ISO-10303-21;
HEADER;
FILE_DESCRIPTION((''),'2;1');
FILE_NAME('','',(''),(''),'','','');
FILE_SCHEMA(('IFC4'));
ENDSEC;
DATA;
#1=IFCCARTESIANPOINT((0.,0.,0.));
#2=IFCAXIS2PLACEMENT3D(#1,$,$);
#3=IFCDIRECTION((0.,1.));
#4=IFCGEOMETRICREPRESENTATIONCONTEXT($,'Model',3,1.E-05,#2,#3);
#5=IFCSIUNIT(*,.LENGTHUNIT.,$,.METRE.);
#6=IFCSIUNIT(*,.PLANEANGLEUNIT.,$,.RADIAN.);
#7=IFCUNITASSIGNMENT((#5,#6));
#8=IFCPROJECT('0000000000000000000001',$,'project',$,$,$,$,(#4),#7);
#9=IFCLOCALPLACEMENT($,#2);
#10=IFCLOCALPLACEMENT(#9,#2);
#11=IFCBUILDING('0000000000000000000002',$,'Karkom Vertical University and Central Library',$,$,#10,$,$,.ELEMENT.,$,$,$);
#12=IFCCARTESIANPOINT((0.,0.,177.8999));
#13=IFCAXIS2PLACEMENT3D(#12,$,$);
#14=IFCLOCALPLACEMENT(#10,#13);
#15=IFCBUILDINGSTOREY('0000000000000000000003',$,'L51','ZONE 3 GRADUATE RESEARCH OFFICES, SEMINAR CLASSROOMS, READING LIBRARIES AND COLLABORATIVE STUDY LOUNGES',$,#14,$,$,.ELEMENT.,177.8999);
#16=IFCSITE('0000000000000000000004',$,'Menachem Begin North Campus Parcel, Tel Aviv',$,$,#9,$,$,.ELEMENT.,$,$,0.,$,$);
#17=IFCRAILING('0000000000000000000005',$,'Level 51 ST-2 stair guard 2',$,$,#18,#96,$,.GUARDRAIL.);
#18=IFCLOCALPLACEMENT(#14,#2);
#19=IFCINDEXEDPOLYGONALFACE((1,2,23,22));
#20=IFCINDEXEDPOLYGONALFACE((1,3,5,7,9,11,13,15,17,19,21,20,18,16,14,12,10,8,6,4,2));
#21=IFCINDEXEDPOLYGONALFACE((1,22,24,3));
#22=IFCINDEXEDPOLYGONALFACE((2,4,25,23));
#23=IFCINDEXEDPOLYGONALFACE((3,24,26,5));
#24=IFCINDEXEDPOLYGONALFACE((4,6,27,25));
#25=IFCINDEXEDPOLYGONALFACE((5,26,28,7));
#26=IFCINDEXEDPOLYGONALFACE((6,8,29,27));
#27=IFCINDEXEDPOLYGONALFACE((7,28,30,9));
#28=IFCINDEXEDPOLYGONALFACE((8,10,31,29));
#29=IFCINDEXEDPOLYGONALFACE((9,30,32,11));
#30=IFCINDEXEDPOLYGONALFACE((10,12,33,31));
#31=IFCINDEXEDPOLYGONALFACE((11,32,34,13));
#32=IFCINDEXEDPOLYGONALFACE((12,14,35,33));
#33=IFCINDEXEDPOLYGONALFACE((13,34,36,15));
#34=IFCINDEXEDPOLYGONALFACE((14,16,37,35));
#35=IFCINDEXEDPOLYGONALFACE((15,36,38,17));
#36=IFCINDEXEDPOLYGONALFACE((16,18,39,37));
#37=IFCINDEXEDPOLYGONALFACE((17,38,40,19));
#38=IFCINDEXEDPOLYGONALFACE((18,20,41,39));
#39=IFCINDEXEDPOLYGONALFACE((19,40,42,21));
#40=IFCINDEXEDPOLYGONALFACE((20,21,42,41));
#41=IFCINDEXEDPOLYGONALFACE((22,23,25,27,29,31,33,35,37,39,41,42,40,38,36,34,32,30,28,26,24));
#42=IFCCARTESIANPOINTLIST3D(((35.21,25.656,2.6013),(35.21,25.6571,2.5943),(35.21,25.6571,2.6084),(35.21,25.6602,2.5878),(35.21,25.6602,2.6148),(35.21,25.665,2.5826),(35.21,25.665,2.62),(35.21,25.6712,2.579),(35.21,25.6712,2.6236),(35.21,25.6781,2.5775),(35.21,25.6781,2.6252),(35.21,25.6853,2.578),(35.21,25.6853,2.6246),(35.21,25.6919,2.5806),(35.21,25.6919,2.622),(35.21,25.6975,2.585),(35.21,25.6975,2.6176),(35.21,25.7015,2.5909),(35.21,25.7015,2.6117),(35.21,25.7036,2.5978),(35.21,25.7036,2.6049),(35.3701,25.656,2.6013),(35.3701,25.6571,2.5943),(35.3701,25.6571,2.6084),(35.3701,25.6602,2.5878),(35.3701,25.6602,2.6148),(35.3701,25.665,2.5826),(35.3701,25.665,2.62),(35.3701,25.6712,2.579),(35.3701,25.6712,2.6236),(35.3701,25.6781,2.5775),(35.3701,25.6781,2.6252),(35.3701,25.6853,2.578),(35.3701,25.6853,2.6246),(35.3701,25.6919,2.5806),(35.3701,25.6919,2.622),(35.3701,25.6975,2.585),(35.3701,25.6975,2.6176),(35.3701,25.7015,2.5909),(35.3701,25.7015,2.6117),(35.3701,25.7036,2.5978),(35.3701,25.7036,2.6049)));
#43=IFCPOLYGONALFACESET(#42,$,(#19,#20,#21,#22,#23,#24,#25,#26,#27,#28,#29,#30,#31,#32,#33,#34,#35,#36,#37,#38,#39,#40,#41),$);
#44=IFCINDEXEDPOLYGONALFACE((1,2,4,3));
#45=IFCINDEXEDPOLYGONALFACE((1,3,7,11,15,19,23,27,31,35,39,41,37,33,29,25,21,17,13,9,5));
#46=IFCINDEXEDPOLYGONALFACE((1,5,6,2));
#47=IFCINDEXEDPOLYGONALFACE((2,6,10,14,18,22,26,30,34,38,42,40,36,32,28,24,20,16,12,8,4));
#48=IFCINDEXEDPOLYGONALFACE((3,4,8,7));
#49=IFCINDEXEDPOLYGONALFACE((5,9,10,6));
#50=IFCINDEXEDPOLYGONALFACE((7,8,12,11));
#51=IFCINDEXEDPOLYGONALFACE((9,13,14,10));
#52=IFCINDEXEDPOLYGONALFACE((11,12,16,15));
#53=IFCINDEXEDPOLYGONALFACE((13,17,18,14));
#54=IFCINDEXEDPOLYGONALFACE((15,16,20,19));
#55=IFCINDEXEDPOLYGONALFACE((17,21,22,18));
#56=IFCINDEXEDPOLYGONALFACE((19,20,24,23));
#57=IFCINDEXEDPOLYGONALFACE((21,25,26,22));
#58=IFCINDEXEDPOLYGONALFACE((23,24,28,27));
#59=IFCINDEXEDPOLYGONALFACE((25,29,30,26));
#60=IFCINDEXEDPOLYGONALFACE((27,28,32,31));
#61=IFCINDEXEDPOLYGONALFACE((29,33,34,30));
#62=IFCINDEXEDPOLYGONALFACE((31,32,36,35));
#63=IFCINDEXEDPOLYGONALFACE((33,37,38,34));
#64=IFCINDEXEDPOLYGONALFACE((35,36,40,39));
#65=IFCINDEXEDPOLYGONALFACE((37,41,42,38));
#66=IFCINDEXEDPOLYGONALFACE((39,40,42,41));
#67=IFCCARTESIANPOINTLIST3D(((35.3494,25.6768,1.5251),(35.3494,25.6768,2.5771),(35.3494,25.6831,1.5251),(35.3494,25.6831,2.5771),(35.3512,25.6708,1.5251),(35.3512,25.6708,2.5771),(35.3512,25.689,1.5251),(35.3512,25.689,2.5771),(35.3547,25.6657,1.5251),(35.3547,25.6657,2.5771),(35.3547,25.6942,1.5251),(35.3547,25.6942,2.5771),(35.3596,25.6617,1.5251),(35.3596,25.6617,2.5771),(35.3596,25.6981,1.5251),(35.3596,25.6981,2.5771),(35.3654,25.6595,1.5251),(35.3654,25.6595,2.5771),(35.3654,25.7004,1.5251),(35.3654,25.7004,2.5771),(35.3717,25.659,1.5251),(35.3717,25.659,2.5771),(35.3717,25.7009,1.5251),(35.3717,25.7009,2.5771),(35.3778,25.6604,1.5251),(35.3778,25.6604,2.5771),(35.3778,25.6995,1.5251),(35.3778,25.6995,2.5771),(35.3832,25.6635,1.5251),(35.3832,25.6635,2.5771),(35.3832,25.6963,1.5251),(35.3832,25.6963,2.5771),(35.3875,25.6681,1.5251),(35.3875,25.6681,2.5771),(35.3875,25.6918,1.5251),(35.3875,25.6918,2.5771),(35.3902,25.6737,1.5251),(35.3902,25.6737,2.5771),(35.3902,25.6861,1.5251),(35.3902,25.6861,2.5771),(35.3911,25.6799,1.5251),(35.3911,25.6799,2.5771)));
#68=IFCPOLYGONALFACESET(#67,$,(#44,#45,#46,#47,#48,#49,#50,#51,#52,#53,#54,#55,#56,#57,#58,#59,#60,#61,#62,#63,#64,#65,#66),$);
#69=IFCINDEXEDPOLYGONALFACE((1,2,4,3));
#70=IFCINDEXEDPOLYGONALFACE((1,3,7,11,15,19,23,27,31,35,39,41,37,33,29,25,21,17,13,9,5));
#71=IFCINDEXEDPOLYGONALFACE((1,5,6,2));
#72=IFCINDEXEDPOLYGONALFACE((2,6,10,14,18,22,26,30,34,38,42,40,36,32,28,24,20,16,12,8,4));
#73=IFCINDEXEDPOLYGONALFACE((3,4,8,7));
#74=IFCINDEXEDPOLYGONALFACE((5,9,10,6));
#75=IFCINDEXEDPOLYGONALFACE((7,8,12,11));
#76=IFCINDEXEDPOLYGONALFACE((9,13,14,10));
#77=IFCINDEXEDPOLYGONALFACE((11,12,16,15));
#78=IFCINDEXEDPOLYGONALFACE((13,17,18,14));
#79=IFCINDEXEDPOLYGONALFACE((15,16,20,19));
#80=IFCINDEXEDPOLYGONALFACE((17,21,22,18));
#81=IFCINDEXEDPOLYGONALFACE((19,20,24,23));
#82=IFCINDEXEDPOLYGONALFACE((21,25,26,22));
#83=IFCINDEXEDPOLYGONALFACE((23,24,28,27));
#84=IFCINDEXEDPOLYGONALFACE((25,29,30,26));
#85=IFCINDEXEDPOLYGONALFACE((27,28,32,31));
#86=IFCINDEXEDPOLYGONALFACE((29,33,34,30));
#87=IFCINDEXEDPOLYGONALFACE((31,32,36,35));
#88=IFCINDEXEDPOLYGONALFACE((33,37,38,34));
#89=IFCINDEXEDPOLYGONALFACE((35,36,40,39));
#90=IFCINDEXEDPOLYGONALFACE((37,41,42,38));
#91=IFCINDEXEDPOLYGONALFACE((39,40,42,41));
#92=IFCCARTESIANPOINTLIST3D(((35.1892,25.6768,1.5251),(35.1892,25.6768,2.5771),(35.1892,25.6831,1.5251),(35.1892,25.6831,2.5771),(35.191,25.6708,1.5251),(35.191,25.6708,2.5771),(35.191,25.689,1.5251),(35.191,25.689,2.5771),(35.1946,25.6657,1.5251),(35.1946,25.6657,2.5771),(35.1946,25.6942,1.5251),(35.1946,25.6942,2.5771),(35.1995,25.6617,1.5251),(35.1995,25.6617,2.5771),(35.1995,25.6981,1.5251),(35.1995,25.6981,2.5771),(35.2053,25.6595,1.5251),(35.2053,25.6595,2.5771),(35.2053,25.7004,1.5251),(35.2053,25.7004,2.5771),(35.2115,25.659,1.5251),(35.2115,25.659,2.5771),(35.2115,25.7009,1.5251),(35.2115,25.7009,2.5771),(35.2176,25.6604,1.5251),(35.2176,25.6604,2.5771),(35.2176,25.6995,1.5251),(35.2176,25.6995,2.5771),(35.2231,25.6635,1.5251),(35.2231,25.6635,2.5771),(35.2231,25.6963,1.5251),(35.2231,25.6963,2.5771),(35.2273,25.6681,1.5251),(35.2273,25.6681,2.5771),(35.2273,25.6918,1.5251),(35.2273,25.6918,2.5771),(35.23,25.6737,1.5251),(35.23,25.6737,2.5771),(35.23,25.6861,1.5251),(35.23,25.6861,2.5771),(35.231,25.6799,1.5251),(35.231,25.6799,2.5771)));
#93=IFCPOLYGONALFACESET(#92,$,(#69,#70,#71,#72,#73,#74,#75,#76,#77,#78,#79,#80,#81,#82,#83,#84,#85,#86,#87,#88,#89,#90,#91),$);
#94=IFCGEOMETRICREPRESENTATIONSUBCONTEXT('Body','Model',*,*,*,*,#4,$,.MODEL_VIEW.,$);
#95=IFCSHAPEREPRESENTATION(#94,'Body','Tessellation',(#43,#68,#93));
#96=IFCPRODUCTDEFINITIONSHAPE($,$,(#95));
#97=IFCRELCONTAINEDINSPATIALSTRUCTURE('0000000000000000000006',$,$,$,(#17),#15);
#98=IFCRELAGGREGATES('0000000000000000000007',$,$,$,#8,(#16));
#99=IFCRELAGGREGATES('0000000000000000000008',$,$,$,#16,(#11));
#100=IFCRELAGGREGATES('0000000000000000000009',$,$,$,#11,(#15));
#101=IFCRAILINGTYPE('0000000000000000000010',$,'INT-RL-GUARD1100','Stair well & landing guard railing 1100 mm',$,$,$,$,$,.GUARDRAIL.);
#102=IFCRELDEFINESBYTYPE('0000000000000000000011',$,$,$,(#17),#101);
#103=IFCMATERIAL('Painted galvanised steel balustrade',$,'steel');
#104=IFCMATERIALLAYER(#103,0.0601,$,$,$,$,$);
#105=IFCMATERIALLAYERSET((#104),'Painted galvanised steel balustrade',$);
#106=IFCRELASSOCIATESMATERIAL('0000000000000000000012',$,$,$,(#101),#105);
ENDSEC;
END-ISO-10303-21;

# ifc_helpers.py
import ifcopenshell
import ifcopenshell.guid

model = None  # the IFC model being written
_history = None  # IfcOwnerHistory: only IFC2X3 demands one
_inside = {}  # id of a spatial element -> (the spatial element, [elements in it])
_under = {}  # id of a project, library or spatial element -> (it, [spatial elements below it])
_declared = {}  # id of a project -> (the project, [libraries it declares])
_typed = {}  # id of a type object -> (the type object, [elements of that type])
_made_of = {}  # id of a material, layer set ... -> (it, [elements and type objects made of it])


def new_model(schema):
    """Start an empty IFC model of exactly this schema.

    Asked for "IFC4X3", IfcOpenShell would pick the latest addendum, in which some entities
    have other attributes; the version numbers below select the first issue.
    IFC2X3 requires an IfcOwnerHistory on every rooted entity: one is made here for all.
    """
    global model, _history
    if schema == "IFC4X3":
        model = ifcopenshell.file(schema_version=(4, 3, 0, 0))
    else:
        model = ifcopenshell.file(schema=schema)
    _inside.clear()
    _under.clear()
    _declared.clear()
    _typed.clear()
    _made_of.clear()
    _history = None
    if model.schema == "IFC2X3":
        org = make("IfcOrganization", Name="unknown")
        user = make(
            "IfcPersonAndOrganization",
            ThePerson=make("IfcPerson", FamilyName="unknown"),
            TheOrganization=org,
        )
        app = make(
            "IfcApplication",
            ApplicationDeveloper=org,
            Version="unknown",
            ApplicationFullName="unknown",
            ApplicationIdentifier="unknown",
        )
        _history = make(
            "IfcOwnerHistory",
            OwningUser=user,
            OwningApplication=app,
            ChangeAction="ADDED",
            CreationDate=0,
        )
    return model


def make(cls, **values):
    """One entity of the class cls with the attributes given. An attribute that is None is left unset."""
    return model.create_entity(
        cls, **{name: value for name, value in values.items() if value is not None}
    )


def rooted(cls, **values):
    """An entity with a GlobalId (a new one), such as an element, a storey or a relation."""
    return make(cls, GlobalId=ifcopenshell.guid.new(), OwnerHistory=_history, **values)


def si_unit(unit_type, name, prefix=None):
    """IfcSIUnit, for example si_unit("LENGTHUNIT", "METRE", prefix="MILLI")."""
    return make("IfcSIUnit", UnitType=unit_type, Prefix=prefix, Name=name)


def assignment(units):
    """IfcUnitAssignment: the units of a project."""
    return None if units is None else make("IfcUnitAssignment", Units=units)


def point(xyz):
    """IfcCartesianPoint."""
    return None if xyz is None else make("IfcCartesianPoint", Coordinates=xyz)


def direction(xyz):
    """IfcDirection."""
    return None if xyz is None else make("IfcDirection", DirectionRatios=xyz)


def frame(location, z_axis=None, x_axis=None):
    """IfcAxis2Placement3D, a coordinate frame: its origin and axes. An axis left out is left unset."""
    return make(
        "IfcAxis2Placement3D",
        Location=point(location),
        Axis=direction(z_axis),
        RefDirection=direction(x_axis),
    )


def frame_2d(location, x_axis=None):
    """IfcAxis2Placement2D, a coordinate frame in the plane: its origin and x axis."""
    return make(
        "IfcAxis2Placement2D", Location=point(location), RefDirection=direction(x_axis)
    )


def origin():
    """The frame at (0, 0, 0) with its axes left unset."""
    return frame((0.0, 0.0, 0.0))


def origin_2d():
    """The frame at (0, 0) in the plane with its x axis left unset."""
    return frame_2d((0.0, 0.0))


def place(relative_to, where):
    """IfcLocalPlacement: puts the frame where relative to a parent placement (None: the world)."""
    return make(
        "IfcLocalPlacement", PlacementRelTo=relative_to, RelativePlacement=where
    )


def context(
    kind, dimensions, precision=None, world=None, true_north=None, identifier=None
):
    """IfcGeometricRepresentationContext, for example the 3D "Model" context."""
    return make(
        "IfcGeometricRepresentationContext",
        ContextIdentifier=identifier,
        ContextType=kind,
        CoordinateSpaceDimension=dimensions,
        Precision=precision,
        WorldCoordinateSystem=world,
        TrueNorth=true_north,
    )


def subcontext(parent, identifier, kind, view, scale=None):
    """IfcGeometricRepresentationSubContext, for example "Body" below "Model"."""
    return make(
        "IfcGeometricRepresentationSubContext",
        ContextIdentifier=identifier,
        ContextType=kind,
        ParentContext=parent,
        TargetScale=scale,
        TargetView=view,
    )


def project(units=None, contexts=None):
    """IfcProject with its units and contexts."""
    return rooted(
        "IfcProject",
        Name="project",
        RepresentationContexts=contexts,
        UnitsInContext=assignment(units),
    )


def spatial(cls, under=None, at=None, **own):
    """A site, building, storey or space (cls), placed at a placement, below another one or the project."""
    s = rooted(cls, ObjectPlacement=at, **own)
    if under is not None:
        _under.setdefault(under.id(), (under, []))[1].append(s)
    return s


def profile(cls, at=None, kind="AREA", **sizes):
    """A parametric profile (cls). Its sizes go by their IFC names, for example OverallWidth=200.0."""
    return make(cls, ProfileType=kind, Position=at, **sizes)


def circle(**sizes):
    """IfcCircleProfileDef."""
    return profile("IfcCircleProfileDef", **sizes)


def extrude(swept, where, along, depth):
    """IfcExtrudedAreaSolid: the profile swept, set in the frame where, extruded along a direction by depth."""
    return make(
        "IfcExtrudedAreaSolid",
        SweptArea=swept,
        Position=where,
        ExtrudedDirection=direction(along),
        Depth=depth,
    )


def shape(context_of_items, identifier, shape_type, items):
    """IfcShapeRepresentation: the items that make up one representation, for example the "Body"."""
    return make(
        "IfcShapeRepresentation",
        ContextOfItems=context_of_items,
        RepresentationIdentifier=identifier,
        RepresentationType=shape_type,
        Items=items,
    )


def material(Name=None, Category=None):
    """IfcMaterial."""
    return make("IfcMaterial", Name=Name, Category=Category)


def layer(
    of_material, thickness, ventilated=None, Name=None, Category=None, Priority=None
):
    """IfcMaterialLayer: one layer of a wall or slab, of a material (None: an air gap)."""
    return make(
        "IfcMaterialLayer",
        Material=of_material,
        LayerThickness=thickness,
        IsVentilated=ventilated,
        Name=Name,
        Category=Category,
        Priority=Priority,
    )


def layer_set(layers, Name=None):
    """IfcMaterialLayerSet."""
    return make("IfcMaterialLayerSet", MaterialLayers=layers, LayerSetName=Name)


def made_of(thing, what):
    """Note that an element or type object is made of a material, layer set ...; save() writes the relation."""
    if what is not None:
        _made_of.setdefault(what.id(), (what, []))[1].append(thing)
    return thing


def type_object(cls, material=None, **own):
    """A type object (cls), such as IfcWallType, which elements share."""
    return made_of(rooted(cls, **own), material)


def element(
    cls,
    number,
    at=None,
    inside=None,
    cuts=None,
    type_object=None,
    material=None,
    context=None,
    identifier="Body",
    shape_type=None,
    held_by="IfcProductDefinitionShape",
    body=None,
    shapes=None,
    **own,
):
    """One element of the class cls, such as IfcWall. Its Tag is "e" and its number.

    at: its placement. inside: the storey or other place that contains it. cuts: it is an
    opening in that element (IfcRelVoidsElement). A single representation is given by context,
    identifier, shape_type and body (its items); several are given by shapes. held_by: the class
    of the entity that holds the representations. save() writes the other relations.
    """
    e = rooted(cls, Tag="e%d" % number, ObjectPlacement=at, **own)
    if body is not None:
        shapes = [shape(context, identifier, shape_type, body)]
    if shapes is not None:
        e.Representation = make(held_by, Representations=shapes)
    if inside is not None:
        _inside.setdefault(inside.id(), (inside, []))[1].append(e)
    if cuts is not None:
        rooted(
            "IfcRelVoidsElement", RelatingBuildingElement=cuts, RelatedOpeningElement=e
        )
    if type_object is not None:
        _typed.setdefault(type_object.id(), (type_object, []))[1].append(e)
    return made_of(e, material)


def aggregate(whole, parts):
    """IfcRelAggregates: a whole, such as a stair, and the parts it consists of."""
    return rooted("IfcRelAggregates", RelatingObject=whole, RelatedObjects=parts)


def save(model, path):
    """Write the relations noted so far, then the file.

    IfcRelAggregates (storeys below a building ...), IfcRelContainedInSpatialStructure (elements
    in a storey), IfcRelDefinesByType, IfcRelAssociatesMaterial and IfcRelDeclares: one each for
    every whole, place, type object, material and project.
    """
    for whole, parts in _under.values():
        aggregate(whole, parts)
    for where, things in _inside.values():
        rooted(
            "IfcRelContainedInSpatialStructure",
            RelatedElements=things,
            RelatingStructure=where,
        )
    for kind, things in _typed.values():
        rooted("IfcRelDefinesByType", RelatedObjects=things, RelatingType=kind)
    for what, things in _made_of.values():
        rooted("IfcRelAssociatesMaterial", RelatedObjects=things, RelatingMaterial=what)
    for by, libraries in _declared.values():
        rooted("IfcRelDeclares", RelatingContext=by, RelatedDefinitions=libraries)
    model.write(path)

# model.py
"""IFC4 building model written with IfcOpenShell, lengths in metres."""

from ifc_helpers import new_model, si_unit, direction, frame, origin, origin_2d, place, context, subcontext, project, spatial, circle, extrude, material, layer, layer_set, type_object, element, save


model = new_model("IFC4")

# Units and contexts
model_context = context("Model", 3, precision=1e-05, world=origin(), true_north=direction((0.0, 1.0)))
body_context = subcontext(model_context, "Body", "Model", "MODEL_VIEW")
ifc_project = project(units=[si_unit("LENGTHUNIT", "METRE"), si_unit("PLANEANGLEUNIT", "RADIAN")], contexts=[model_context])

# Site, building, storey
site_placement = place(None, origin())
site = spatial("IfcSite", under=ifc_project, at=site_placement, Name="Menachem Begin North Campus Parcel, Tel Aviv", CompositionType="ELEMENT", RefElevation=0.0)
building_placement = place(site_placement, origin())
building = spatial("IfcBuilding", under=site, at=building_placement, Name="Karkom Vertical University and Central Library", CompositionType="ELEMENT")
storey_placement = place(building_placement, frame((0.0, 0.0, 177.8999)))
storey = spatial("IfcBuildingStorey", under=building, at=storey_placement, Name="L51", Description="ZONE 3 GRADUATE RESEARCH OFFICES, SEMINAR CLASSROOMS, READING LIBRARIES AND COLLABORATIVE STUDY LOUNGES", CompositionType="ELEMENT", Elevation=177.8999)

# Railing
ifc_material_1 = material(Name="Painted galvanised steel balustrade", Category="steel")
ifc_layer_1 = layer(ifc_material_1, 0.0601)
ifc_layer_set_1 = layer_set([ifc_layer_1], Name="Painted galvanised steel balustrade")
railing_type_1 = type_object("IfcRailingType", Name="INT-RL-GUARD1100", Description="Stair well & landing guard railing 1100 mm", PredefinedType="GUARDRAIL", material=ifc_layer_set_1)
railing_1_placement = place(storey_placement, frame((35.3701, 25.6799, 1.5251)))
element("IfcRailing", 1, at=railing_1_placement, inside=storey, type_object=railing_type_1, Name="Level 51 ST-2 stair guard 2", PredefinedType="GUARDRAIL", context=body_context, shape_type="SweptSolid", body=[
    extrude(circle(Radius=0.0239, at=origin_2d()), frame((0.0, 0.0, 1.0762), z_axis=(-1.0, 0.0, 0.0), x_axis=(0.0, -1.0, 0.0)), (0.0, 0.0, 1.0), 0.1602),
    extrude(circle(Radius=0.021, at=origin_2d()), origin(), (0.0, 0.0, 1.0), 1.052),
    extrude(circle(Radius=0.021, at=origin_2d()), frame((-0.1602, 0.0, 0.0)), (0.0, 0.0, 1.0), 1.052),
])

save(model, "model.ifc")
